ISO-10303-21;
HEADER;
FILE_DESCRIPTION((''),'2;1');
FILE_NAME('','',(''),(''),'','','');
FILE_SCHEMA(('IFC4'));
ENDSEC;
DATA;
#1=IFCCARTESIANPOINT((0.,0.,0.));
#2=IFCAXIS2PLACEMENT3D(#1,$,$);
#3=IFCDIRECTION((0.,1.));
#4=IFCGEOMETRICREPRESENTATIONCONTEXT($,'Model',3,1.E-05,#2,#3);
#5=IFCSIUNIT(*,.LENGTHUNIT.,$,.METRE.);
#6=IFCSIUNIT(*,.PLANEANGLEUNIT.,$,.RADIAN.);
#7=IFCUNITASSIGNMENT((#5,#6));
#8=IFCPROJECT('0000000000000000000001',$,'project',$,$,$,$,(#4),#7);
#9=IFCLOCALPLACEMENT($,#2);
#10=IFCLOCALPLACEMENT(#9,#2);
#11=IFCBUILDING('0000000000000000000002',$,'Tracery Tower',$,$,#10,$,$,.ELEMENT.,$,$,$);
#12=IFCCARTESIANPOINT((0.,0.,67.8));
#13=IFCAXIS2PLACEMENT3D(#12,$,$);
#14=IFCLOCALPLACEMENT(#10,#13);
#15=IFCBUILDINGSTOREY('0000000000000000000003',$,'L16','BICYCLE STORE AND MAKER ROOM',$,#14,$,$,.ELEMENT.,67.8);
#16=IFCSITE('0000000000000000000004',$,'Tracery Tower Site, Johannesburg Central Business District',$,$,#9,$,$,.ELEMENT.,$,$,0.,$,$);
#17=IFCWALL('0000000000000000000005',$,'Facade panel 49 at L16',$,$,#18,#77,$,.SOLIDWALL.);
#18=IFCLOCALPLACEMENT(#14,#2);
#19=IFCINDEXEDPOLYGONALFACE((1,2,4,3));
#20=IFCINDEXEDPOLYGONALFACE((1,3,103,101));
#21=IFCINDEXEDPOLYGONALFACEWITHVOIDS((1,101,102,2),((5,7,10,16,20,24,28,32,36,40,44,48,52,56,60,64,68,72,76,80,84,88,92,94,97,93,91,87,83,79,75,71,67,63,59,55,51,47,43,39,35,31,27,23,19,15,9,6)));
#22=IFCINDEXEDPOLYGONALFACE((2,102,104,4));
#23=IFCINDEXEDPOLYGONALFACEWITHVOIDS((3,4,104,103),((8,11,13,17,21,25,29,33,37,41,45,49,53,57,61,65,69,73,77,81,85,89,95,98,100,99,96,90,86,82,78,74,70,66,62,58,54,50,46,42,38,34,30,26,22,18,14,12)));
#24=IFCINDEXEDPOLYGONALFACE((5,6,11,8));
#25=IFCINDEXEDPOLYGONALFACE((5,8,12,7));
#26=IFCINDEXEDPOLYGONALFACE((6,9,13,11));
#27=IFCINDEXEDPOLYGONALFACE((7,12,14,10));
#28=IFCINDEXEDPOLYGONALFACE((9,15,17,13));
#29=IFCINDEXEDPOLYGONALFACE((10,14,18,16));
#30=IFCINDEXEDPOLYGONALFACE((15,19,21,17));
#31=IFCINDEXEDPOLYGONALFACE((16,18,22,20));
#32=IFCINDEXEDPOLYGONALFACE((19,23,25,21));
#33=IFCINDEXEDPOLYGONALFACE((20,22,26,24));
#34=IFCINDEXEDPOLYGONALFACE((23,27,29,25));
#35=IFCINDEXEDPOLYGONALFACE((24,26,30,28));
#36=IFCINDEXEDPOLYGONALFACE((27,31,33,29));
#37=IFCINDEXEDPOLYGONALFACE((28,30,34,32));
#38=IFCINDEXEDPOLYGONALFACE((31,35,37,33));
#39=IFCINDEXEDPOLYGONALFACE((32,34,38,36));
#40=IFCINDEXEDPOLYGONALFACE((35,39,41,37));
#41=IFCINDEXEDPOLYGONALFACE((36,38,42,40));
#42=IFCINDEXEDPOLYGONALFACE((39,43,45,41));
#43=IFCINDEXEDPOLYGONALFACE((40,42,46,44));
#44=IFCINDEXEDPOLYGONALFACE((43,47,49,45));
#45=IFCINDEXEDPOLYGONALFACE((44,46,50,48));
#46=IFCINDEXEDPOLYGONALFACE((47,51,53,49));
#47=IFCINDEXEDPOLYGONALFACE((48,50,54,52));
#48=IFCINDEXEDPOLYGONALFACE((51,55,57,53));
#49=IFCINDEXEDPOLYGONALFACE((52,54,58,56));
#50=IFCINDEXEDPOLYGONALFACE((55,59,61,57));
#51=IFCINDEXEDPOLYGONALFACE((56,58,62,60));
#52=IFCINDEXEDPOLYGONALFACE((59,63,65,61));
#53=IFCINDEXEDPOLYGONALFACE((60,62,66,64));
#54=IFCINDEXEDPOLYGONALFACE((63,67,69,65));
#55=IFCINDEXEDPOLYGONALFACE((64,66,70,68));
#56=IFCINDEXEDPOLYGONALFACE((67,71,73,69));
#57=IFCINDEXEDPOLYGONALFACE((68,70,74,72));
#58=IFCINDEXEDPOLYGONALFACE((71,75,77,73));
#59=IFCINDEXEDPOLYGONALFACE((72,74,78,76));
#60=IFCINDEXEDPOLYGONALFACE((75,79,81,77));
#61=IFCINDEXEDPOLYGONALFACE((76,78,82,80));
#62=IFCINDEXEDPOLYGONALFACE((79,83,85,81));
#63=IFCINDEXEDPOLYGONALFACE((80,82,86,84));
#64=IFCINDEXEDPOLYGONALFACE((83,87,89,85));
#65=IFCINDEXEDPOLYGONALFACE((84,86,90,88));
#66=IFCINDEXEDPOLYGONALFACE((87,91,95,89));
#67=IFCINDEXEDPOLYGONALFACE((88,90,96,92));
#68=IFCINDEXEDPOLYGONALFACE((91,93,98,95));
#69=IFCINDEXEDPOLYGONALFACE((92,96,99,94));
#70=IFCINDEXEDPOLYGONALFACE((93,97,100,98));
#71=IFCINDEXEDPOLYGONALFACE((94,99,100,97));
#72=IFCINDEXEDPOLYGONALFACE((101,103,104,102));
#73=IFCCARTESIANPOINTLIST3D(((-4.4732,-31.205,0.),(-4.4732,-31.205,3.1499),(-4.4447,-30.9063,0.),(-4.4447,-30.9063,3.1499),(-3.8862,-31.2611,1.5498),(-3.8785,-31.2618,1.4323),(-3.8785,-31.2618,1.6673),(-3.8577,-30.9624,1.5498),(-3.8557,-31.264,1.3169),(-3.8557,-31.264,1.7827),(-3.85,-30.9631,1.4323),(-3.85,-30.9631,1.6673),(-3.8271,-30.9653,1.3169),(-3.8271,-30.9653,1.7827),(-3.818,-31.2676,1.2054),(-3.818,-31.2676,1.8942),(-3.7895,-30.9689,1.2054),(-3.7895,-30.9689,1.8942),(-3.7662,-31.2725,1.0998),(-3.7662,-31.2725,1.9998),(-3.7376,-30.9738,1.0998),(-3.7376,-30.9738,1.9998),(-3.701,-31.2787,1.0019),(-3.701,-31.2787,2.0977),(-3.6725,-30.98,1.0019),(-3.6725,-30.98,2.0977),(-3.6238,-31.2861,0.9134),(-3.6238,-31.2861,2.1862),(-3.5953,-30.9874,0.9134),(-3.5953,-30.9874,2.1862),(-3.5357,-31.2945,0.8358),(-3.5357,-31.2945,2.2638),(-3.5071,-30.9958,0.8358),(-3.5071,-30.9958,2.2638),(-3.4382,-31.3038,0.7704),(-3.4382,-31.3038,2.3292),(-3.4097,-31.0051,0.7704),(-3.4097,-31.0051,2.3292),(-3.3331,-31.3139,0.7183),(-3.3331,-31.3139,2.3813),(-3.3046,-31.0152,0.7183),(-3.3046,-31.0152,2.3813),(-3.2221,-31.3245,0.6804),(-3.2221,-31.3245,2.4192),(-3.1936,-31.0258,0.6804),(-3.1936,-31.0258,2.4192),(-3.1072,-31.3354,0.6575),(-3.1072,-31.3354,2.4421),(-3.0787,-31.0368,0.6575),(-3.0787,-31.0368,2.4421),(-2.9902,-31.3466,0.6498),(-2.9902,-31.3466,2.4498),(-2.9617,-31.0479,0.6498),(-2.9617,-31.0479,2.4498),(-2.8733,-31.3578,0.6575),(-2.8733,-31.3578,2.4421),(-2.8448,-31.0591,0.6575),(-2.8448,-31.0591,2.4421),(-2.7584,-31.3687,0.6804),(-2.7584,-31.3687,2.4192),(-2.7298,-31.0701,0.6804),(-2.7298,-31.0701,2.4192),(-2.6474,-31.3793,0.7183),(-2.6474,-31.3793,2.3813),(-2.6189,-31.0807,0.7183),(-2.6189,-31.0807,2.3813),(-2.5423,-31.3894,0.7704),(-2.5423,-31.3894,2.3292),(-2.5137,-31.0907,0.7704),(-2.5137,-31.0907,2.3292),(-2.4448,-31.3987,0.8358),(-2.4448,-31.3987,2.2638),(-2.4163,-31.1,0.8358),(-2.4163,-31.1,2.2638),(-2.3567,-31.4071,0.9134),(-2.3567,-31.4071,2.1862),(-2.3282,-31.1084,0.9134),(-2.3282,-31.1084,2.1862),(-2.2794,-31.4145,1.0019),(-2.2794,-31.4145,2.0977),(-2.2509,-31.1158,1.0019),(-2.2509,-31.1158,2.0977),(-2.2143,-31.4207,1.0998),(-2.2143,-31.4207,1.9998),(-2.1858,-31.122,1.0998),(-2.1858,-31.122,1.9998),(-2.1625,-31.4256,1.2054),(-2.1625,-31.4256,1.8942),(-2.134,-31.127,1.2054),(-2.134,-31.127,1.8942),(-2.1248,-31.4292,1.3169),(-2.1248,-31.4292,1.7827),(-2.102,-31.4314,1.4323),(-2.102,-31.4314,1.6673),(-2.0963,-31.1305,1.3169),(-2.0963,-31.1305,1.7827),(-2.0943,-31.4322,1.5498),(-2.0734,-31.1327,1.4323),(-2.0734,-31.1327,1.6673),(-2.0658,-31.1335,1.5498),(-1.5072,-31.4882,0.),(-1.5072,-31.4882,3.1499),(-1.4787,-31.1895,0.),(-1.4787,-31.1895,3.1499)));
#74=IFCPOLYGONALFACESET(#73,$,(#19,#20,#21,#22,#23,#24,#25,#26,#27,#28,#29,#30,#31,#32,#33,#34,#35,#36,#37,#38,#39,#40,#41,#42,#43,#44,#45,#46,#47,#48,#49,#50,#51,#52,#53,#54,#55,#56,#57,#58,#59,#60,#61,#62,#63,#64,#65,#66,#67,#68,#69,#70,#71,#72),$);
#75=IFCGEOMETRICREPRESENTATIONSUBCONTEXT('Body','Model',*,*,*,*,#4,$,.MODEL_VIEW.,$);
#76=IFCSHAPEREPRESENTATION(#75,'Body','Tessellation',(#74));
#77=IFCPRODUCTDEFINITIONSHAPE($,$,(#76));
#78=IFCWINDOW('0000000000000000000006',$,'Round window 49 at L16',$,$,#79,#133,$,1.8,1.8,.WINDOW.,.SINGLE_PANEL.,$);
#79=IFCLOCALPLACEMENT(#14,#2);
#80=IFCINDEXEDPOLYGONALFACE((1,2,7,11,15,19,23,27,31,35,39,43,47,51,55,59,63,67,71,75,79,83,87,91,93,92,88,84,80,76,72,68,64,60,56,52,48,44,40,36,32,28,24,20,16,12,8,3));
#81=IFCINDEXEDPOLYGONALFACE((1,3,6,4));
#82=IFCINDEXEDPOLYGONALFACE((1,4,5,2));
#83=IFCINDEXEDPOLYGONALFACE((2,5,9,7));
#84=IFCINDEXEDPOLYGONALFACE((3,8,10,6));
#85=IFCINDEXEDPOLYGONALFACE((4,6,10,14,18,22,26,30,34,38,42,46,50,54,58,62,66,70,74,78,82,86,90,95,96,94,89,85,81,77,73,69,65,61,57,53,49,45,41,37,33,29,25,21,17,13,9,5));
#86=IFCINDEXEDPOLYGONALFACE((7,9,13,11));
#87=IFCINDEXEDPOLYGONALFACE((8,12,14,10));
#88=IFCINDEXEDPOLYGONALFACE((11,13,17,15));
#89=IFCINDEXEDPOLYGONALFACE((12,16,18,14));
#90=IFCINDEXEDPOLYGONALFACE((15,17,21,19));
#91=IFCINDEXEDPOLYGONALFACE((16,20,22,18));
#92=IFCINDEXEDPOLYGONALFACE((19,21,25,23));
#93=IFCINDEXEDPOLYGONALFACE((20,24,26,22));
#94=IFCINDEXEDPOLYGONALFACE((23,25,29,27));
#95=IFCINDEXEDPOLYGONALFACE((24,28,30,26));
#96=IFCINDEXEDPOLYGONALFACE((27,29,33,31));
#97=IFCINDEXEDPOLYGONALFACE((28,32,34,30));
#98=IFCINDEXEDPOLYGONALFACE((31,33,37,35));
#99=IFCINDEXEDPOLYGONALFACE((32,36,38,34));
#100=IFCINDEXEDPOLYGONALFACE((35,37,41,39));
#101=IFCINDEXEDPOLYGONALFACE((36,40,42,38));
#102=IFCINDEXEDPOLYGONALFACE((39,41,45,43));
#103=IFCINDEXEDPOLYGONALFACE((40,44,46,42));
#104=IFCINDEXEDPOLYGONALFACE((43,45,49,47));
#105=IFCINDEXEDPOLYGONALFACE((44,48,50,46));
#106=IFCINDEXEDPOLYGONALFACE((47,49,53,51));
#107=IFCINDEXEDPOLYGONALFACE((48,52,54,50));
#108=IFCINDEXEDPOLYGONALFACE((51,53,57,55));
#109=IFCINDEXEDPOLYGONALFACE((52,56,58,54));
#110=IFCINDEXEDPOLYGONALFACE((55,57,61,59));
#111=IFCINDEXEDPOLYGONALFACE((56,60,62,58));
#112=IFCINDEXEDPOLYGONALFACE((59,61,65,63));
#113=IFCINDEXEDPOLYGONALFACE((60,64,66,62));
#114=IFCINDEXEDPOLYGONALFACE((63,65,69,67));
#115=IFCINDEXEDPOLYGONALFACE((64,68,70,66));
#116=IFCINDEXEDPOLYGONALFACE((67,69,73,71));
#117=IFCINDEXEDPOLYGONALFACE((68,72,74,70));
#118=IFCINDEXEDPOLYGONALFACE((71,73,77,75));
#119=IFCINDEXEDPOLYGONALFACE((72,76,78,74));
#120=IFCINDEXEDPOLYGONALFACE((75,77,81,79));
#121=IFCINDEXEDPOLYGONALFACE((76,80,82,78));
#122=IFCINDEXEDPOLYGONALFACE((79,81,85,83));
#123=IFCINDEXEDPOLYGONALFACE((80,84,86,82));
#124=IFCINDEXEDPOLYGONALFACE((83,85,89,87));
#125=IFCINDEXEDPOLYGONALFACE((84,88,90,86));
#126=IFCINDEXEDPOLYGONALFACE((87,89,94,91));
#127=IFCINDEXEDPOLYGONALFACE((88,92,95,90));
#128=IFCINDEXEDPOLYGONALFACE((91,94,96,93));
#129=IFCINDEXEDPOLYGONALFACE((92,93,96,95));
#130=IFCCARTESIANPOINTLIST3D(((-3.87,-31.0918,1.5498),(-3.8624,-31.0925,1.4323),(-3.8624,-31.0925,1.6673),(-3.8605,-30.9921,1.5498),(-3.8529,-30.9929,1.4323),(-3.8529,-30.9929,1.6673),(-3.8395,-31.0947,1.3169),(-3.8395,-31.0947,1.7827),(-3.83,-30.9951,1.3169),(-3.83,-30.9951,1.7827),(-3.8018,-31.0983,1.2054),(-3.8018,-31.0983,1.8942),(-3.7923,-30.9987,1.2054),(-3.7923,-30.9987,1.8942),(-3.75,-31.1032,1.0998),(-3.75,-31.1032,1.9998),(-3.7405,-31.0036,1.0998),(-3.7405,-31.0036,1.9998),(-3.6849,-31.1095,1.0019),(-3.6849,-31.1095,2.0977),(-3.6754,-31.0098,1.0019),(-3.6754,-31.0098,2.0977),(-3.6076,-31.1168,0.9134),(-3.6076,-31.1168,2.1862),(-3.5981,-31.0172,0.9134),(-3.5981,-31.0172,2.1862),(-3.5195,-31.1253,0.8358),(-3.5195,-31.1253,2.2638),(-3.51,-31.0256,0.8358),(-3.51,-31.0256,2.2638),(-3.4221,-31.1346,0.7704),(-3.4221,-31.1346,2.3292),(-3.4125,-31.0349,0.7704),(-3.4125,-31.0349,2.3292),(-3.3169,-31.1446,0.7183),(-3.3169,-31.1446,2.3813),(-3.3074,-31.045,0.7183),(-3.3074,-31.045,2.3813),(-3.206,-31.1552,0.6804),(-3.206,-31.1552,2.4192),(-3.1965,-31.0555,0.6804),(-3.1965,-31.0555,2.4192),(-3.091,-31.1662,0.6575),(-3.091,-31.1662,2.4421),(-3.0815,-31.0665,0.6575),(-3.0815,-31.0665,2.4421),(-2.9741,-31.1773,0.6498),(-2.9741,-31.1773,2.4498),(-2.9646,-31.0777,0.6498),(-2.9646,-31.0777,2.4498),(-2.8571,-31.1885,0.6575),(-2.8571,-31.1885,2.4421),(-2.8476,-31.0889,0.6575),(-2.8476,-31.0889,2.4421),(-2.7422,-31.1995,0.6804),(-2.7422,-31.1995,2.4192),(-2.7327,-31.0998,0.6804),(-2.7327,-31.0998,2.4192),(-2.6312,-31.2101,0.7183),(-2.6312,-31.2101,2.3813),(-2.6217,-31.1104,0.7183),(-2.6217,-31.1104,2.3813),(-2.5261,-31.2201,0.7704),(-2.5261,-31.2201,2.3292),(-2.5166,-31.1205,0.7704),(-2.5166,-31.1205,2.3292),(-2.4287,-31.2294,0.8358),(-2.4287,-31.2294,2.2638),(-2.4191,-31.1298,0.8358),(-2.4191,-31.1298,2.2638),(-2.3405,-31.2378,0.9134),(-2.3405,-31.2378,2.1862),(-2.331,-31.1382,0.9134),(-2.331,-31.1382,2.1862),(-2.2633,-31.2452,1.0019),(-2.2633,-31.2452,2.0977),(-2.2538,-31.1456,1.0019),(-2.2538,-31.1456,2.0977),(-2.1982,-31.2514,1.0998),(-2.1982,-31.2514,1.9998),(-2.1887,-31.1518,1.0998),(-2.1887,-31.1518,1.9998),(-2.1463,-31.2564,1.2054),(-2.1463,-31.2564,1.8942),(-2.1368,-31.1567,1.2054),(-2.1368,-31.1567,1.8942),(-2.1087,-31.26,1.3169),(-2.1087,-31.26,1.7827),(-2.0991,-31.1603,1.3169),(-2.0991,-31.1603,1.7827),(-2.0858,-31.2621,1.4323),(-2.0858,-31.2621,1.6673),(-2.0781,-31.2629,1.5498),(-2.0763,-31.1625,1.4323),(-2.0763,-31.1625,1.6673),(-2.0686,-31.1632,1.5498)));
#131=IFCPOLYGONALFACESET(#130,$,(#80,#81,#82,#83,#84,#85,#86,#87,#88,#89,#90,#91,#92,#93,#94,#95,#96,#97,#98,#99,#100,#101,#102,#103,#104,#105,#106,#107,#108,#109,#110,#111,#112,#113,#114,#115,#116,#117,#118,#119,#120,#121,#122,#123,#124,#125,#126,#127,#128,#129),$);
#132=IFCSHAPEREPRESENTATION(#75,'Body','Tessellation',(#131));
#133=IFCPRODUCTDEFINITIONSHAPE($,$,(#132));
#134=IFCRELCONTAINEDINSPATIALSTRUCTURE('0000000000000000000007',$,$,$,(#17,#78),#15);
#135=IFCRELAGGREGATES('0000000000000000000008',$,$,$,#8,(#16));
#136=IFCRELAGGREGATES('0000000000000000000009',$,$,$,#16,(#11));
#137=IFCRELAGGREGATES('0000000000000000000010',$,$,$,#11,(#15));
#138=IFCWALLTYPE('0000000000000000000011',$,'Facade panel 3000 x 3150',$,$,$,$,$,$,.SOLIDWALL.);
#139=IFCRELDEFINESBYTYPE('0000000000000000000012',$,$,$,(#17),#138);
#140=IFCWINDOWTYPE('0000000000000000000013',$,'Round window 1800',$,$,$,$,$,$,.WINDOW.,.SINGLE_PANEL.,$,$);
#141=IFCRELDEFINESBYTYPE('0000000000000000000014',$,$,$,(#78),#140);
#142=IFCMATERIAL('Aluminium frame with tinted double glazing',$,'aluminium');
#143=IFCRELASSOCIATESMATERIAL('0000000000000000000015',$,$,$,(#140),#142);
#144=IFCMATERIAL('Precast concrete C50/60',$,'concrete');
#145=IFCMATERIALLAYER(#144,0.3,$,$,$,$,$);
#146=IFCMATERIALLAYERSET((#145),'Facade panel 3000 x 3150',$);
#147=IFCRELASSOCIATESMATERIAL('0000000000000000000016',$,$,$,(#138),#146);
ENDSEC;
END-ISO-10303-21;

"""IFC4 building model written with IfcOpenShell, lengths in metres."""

from ifc_helpers import new_model, si_unit, direction, frame, frame_2d, origin, origin_2d, place, context, subcontext, project, spatial, rectangle, circle, extrude, material, layer, layer_set, type_object, element, fill, save


model = new_model("IFC4")

# Units and contexts
model_context = context("Model", 3, precision=1e-05, world=origin(), true_north=direction((0.0, 1.0)))
body_context = subcontext(model_context, "Body", "Model", "MODEL_VIEW")
ifc_project = project(units=[si_unit("LENGTHUNIT", "METRE"), si_unit("PLANEANGLEUNIT", "RADIAN")], contexts=[model_context])

# Site, building, storey
site_placement = place(None, origin())
site = spatial("IfcSite", under=ifc_project, at=site_placement, Name="Tracery Tower Site, Johannesburg Central Business District", CompositionType="ELEMENT", RefElevation=0.0)
building_placement = place(site_placement, origin())
building = spatial("IfcBuilding", under=site, at=building_placement, Name="Tracery Tower", CompositionType="ELEMENT")
storey_placement = place(building_placement, frame((0.0, 0.0, 67.8)))
storey = spatial("IfcBuildingStorey", under=building, at=storey_placement, Name="L16", Description="BICYCLE STORE AND MAKER ROOM", CompositionType="ELEMENT", Elevation=67.8)

# Wall, opening, window
ifc_material_1 = material(Name="Aluminium frame with tinted double glazing", Category="aluminium")
window_type = type_object("IfcWindowType", Name="Round window 1800", PartitioningType="SINGLE_PANEL", PredefinedType="WINDOW", material=ifc_material_1)
ifc_material_2 = material(Name="Precast concrete C50/60", Category="concrete")
ifc_layer_1 = layer(ifc_material_2, 0.3)
ifc_layer_set_1 = layer_set([ifc_layer_1], Name="Facade panel 3000 x 3150")
wall_type_1 = type_object("IfcWallType", Name="Facade panel 3000 x 3150", PredefinedType="SOLIDWALL", material=ifc_layer_set_1)
wall_1_placement = place(storey_placement, frame((-4.459, -31.0557, 0.0), z_axis=(0.0, 0.0, 1.0), x_axis=(0.995473, -0.095049, 0.0)))
wall_1 = element("IfcWall", 1, at=wall_1_placement, inside=storey, type_object=wall_type_1, Name="Facade panel 49 at L16", PredefinedType="SOLIDWALL", context=body_context, shape_type="SweptSolid", body=[
    extrude(rectangle(XDim=2.9795, YDim=0.3, at=frame_2d((1.4897, 0.0))), origin(), (0.0, 0.0, 1.0), 3.1499),
])
opening_1_placement = place(wall_1_placement, frame((1.4897, 0.0, 1.5498)))
opening_1 = element("IfcOpeningElement", 2, at=opening_1_placement, cuts=wall_1, PredefinedType="OPENING", context=body_context, shape_type="SweptSolid", body=[
    extrude(circle(Radius=0.9, at=origin_2d()), frame((0.0, 0.1599, 0.0), z_axis=(0.0, -1.0, 0.0), x_axis=(1.0, 0.0, 0.0)), (0.0, 0.0, 1.0), 0.3201),
])
window_1_placement = place(opening_1_placement, origin())
window_1 = element("IfcWindow", 3, at=window_1_placement, inside=storey, type_object=window_type, Name="Round window 49 at L16", OverallHeight=1.8, OverallWidth=1.8, PartitioningType="SINGLE_PANEL", PredefinedType="WINDOW", context=body_context, shape_type="SweptSolid", body=[
    extrude(circle(Radius=0.9, at=origin_2d()), frame((0.0, 0.1201, 0.0), z_axis=(0.0, -1.0, 0.0), x_axis=(1.0, 0.0, 0.0)), (0.0, 0.0, 1.0), 0.1001),
])
fill(opening_1, window_1)

save(model, "model.ifc")
